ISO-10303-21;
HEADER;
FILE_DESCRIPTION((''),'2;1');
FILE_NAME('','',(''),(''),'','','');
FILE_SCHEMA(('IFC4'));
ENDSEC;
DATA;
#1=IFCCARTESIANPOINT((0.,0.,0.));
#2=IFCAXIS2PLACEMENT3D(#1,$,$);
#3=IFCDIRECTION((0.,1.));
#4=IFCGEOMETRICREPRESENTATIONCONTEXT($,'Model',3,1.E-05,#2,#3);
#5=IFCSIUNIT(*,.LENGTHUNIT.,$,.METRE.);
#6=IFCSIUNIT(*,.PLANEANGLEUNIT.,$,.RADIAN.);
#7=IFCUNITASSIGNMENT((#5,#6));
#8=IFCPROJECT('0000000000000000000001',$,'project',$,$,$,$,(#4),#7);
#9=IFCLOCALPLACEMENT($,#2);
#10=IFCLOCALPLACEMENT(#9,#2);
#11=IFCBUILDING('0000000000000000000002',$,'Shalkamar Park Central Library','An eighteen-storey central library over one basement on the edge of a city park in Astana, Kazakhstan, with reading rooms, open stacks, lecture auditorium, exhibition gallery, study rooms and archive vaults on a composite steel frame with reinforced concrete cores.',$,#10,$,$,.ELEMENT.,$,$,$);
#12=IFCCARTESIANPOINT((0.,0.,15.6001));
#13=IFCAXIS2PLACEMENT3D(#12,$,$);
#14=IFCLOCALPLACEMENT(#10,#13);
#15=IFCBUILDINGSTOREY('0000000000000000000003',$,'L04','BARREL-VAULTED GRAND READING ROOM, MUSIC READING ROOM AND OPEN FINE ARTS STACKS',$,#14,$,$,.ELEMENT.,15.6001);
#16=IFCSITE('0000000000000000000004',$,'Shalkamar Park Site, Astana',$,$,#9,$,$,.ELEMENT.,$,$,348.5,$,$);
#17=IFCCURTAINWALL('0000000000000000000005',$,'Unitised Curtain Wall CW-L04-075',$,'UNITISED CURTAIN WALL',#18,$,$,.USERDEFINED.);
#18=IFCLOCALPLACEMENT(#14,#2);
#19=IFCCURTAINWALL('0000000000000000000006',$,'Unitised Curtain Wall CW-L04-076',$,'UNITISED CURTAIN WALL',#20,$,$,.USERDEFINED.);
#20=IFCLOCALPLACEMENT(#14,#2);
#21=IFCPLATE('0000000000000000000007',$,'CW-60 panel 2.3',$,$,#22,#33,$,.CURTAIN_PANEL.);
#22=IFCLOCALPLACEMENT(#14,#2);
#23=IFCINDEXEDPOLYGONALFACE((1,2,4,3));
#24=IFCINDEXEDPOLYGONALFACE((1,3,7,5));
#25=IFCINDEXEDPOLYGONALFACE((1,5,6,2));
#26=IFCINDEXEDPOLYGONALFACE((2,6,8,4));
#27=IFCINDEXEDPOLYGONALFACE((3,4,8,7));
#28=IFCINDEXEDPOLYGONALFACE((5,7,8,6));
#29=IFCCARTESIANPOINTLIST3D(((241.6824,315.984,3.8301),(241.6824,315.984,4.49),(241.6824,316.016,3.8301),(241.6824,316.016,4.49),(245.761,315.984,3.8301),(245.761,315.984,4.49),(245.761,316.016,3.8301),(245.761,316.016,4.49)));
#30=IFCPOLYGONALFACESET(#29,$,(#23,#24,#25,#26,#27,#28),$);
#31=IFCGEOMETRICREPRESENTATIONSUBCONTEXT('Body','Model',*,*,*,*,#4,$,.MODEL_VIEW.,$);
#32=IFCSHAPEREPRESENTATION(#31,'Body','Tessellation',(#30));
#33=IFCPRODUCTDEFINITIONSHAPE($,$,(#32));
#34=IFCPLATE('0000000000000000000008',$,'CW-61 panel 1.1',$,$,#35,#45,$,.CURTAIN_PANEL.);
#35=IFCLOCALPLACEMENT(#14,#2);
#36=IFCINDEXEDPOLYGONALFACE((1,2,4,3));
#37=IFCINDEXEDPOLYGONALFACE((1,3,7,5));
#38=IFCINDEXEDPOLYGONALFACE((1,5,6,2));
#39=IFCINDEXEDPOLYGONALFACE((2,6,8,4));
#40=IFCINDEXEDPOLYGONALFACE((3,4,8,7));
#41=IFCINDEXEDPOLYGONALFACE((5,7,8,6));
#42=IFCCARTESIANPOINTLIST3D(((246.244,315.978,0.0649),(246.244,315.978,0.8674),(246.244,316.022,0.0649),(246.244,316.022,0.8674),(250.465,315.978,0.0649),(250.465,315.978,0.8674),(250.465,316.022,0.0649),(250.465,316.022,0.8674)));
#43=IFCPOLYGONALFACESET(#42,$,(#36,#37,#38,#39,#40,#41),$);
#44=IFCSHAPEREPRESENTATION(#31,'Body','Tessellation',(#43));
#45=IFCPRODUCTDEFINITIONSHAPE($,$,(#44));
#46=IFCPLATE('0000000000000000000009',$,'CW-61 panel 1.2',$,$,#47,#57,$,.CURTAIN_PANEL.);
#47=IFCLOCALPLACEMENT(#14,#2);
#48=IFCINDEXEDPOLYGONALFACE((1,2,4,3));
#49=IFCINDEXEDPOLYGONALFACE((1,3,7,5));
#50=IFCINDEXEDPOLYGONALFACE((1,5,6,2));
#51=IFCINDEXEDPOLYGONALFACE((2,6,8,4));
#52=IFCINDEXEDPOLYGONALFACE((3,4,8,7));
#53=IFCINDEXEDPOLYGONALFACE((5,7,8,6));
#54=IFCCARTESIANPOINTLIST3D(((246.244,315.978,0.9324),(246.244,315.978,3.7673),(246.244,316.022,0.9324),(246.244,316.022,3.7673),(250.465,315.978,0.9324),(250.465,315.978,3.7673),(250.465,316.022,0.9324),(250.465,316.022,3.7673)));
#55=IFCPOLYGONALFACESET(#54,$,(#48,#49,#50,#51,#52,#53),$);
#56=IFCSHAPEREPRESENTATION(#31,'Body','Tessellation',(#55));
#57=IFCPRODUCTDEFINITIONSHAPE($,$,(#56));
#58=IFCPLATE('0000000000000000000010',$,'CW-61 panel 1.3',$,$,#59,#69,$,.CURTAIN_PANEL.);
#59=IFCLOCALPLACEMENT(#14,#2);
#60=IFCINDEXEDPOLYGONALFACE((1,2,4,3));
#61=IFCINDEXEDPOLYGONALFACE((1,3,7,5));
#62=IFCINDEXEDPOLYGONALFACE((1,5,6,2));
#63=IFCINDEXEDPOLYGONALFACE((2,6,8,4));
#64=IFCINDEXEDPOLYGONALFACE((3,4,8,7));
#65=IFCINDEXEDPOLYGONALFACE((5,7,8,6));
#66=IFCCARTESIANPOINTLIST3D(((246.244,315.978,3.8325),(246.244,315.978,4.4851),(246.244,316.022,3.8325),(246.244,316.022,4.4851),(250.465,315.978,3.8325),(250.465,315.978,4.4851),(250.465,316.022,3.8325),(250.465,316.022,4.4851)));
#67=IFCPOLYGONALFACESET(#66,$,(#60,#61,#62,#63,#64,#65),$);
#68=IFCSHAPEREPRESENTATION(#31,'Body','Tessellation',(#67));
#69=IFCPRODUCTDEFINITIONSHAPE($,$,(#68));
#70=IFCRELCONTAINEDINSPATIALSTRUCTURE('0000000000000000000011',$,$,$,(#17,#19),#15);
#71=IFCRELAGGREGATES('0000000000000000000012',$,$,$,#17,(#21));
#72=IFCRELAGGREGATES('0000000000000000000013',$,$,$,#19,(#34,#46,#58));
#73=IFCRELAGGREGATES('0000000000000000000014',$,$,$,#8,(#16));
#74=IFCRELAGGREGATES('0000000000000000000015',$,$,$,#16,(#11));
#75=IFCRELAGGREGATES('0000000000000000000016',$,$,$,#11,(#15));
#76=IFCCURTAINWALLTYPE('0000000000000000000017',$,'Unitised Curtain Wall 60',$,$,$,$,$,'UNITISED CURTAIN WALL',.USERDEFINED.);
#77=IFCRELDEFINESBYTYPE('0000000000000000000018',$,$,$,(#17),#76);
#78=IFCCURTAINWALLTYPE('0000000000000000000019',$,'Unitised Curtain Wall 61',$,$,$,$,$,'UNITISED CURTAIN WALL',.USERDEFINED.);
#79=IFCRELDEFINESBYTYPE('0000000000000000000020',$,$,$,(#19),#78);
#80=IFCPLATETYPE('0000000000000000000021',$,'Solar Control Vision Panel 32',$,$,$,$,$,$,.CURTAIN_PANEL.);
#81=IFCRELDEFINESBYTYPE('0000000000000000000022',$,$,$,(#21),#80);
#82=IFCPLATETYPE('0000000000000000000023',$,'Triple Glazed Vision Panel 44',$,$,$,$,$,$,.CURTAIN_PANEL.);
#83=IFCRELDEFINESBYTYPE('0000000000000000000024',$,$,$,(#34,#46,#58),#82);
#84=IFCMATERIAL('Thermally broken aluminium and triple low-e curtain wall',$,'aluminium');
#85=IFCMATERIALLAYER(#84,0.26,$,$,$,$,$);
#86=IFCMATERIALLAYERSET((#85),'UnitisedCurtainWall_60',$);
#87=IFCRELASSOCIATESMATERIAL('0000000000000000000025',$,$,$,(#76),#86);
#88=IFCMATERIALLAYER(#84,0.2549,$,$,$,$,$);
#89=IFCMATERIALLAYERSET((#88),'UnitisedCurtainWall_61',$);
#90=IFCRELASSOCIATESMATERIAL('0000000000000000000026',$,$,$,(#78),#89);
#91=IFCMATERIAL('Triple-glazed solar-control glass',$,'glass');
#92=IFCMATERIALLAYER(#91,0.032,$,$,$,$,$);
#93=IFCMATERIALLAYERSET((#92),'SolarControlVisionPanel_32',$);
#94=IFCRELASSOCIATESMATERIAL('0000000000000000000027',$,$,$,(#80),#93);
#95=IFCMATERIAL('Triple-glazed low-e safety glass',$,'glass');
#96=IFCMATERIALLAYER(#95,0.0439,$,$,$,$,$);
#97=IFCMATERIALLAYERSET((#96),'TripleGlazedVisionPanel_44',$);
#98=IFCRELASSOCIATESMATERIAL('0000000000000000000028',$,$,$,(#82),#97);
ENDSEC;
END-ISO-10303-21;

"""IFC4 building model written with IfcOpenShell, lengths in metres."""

from ifc_helpers import new_model, si_unit, direction, frame, origin, origin_2d, place, context, subcontext, project, spatial, rectangle, extrude, material, layer, layer_set, type_object, element, aggregate, save


model = new_model("IFC4")

# Units and contexts
model_context = context("Model", 3, precision=1e-05, world=origin(), true_north=direction((0.0, 1.0)))
body_context = subcontext(model_context, "Body", "Model", "MODEL_VIEW")
ifc_project = project(units=[si_unit("LENGTHUNIT", "METRE"), si_unit("PLANEANGLEUNIT", "RADIAN")], contexts=[model_context])

# Site, building, storey
site_placement = place(None, origin())
site = spatial("IfcSite", under=ifc_project, at=site_placement, Name="Shalkamar Park Site, Astana", CompositionType="ELEMENT", RefElevation=348.5)
building_placement = place(site_placement, origin())
building = spatial("IfcBuilding", under=site, at=building_placement, Name="Shalkamar Park Central Library", Description="An eighteen-storey central library over one basement on the edge of a city park in Astana, Kazakhstan, with reading rooms, open stacks, lecture auditorium, exhibition gallery, study rooms and archive vaults on a composite steel frame with reinforced concrete cores.", CompositionType="ELEMENT")
storey_placement = place(building_placement, frame((0.0, 0.0, 15.6001)))
storey = spatial("IfcBuildingStorey", under=building, at=storey_placement, Name="L04", Description="BARREL-VAULTED GRAND READING ROOM, MUSIC READING ROOM AND OPEN FINE ARTS STACKS", CompositionType="ELEMENT", Elevation=15.6001)

# Curtain walls
ifc_material_1 = material(Name="Thermally broken aluminium and triple low-e curtain wall", Category="aluminium")
ifc_layer_1 = layer(ifc_material_1, 0.26)
ifc_layer_set_1 = layer_set([ifc_layer_1], Name="UnitisedCurtainWall_60")
curtain_wall_type_1 = type_object("IfcCurtainWallType", Name="Unitised Curtain Wall 60", ElementType="UNITISED CURTAIN WALL", PredefinedType="USERDEFINED", material=ifc_layer_set_1)
curtain_wall_1_placement = place(storey_placement, origin())
curtain_wall_1 = element("IfcCurtainWall", 1, at=curtain_wall_1_placement, inside=storey, type_object=curtain_wall_type_1, Name="Unitised Curtain Wall CW-L04-075", ObjectType="UNITISED CURTAIN WALL", PredefinedType="USERDEFINED")
ifc_layer_2 = layer(ifc_material_1, 0.2549)
ifc_layer_set_2 = layer_set([ifc_layer_2], Name="UnitisedCurtainWall_61")
curtain_wall_type_2 = type_object("IfcCurtainWallType", Name="Unitised Curtain Wall 61", ElementType="UNITISED CURTAIN WALL", PredefinedType="USERDEFINED", material=ifc_layer_set_2)
curtain_wall_2_placement = place(storey_placement, origin())
curtain_wall_2 = element("IfcCurtainWall", 2, at=curtain_wall_2_placement, inside=storey, type_object=curtain_wall_type_2, Name="Unitised Curtain Wall CW-L04-076", ObjectType="UNITISED CURTAIN WALL", PredefinedType="USERDEFINED")

# Plates
ifc_material_2 = material(Name="Triple-glazed solar-control glass", Category="glass")
ifc_layer_3 = layer(ifc_material_2, 0.032)
ifc_layer_set_3 = layer_set([ifc_layer_3], Name="SolarControlVisionPanel_32")
plate_type_1 = type_object("IfcPlateType", Name="Solar Control Vision Panel 32", PredefinedType="CURTAIN_PANEL", material=ifc_layer_set_3)
plate_1_placement = place(storey_placement, frame((243.7217, 316.0, 3.8301), z_axis=(0.0, 0.0, 1.0), x_axis=(1.0, 0.0, 0.0)))
plate_1 = element("IfcPlate", 3, at=plate_1_placement, type_object=plate_type_1, Name="CW-60 panel 2.3", PredefinedType="CURTAIN_PANEL", context=body_context, shape_type="SweptSolid", body=[
    extrude(rectangle(XDim=4.0786, YDim=0.032, at=origin_2d()), origin(), (0.0, 0.0, 1.0), 0.6599),
])
aggregate(curtain_wall_1, [plate_1])
ifc_material_3 = material(Name="Triple-glazed low-e safety glass", Category="glass")
ifc_layer_4 = layer(ifc_material_3, 0.0439)
ifc_layer_set_4 = layer_set([ifc_layer_4], Name="TripleGlazedVisionPanel_44")
plate_type_2 = type_object("IfcPlateType", Name="Triple Glazed Vision Panel 44", PredefinedType="CURTAIN_PANEL", material=ifc_layer_set_4)
plate_2_placement = place(storey_placement, frame((248.3545, 316.0, 0.0649), z_axis=(0.0, 0.0, 1.0), x_axis=(1.0, 0.0, 0.0)))
plate_2 = element("IfcPlate", 4, at=plate_2_placement, type_object=plate_type_2, Name="CW-61 panel 1.1", PredefinedType="CURTAIN_PANEL", context=body_context, shape_type="SweptSolid", body=[
    extrude(rectangle(XDim=4.2209, YDim=0.0439, at=origin_2d()), origin(), (0.0, 0.0, 1.0), 0.8025),
])
plate_3_placement = place(storey_placement, frame((248.3545, 316.0, 0.9324), z_axis=(0.0, 0.0, 1.0), x_axis=(1.0, 0.0, 0.0)))
plate_3 = element("IfcPlate", 5, at=plate_3_placement, type_object=plate_type_2, Name="CW-61 panel 1.2", PredefinedType="CURTAIN_PANEL", context=body_context, shape_type="SweptSolid", body=[
    extrude(rectangle(XDim=4.2209, YDim=0.0439, at=origin_2d()), origin(), (0.0, 0.0, 1.0), 2.835),
])
plate_4_placement = place(storey_placement, frame((248.3545, 316.0, 3.8325), z_axis=(0.0, 0.0, 1.0), x_axis=(1.0, 0.0, 0.0)))
plate_4 = element("IfcPlate", 6, at=plate_4_placement, type_object=plate_type_2, Name="CW-61 panel 1.3", PredefinedType="CURTAIN_PANEL", context=body_context, shape_type="SweptSolid", body=[
    extrude(rectangle(XDim=4.2209, YDim=0.0439, at=origin_2d()), origin(), (0.0, 0.0, 1.0), 0.6526),
])
aggregate(curtain_wall_2, [plate_2, plate_3, plate_4])

save(model, "model.ifc")
